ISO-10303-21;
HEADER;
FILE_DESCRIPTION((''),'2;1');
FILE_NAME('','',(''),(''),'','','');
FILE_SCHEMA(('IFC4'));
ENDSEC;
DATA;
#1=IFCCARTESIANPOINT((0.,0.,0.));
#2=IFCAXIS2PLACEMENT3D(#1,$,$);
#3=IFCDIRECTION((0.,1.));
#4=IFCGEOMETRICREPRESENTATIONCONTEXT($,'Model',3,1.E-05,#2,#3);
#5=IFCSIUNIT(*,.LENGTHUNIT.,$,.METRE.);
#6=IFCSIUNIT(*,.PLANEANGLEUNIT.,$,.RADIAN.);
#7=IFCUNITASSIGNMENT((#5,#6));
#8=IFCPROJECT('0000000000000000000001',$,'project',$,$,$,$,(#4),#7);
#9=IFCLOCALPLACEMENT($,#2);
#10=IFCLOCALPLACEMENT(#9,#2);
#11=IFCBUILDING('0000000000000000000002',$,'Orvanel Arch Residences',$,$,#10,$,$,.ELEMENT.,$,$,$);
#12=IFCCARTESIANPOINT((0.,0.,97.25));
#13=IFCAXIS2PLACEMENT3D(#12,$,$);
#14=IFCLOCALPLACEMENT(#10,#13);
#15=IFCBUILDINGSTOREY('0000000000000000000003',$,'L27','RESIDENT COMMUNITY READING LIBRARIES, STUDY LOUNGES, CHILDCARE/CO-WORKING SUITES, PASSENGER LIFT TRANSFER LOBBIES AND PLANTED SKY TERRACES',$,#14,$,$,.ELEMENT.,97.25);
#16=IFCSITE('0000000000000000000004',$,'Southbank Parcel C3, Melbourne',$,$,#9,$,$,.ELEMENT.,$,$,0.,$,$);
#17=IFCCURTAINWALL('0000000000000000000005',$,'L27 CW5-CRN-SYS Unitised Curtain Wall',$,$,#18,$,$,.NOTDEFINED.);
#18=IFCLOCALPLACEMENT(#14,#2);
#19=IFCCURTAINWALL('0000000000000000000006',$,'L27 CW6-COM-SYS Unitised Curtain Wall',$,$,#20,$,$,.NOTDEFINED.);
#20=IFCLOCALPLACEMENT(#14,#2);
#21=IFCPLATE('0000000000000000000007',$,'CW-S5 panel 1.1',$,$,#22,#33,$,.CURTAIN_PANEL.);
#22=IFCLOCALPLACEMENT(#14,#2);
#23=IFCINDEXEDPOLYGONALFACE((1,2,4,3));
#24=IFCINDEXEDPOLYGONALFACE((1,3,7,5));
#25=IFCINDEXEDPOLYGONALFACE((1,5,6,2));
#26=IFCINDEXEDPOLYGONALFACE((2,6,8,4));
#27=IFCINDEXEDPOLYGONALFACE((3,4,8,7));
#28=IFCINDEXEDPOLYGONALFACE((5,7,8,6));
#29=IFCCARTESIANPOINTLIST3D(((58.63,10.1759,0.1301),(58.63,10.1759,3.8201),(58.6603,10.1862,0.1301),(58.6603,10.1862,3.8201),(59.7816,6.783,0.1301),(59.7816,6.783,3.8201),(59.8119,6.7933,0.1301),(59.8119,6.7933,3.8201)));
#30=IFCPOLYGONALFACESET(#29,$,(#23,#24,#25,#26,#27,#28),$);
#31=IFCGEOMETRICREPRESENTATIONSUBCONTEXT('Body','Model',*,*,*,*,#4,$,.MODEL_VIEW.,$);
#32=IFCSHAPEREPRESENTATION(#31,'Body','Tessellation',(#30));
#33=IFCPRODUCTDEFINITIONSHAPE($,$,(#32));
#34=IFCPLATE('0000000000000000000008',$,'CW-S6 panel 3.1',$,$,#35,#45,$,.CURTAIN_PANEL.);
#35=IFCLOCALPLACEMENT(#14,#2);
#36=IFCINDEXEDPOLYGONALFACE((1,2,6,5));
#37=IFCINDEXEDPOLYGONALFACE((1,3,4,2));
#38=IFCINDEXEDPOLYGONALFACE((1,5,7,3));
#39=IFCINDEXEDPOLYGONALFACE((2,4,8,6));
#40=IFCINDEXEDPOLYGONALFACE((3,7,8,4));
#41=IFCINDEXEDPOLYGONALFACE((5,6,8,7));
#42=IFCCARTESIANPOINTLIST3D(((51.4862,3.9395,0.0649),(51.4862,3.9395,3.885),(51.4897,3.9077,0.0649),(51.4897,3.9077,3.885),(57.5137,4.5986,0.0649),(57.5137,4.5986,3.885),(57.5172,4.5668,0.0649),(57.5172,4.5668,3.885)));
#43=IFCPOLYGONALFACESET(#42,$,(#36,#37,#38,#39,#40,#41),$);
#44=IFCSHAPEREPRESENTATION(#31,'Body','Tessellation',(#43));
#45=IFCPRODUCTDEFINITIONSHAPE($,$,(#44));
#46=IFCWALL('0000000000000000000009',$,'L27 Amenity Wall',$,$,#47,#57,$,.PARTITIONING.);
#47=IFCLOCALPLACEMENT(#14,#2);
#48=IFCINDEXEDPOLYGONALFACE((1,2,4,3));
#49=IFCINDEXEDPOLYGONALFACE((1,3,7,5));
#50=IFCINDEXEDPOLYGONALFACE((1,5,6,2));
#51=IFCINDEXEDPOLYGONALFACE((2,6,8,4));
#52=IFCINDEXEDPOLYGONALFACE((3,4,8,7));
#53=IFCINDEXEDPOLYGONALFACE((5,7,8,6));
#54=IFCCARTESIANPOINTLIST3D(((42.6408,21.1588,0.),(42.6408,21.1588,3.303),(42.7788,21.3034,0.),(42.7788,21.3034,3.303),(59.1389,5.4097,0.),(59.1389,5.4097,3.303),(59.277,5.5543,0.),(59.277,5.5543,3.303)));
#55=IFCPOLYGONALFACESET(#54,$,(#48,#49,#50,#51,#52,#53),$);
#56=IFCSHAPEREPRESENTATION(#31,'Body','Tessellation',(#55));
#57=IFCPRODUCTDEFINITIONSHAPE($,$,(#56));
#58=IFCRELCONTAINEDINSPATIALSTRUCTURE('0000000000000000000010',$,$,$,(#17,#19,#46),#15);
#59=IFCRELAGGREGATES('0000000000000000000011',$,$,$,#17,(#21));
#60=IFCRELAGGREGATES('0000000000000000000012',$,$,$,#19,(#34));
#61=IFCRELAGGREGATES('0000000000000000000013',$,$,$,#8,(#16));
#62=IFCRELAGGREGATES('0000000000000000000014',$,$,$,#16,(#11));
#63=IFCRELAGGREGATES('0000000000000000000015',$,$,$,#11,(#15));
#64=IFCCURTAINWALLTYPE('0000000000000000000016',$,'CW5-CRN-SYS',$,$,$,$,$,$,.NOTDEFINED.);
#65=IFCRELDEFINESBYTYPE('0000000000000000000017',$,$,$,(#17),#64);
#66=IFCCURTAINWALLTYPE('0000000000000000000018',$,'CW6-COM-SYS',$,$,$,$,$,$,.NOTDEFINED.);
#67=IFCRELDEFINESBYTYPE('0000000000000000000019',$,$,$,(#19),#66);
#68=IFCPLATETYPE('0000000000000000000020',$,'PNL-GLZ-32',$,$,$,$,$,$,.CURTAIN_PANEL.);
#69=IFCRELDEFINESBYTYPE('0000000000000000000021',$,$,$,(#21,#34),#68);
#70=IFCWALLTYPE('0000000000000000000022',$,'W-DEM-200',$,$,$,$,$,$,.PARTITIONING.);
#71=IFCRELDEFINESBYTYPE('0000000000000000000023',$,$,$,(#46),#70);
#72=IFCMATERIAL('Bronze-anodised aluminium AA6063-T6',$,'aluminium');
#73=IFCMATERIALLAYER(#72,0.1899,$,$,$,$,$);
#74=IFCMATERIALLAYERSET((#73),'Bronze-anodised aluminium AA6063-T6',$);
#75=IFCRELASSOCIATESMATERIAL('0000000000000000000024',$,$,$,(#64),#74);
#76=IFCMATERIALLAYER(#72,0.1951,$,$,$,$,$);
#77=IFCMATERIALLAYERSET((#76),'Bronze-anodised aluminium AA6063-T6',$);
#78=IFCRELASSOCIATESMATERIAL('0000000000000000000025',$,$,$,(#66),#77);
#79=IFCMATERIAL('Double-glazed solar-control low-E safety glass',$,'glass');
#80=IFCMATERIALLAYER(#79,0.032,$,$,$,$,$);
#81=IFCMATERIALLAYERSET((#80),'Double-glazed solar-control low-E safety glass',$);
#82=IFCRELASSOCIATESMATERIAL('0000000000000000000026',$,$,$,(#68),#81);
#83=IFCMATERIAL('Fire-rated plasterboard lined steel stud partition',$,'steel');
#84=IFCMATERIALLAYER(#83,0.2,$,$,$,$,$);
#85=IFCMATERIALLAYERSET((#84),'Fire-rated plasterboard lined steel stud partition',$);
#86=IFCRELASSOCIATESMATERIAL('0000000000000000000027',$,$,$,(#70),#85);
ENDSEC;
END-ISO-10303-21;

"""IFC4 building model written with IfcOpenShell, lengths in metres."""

from ifc_helpers import new_model, si_unit, direction, frame, frame_2d, origin, origin_2d, place, context, subcontext, project, spatial, rectangle, extrude, material, layer, layer_set, type_object, element, aggregate, save


model = new_model("IFC4")

# Units and contexts
model_context = context("Model", 3, precision=1e-05, world=origin(), true_north=direction((0.0, 1.0)))
body_context = subcontext(model_context, "Body", "Model", "MODEL_VIEW")
ifc_project = project(units=[si_unit("LENGTHUNIT", "METRE"), si_unit("PLANEANGLEUNIT", "RADIAN")], contexts=[model_context])

# Site, building, storey
site_placement = place(None, origin())
site = spatial("IfcSite", under=ifc_project, at=site_placement, Name="Southbank Parcel C3, Melbourne", CompositionType="ELEMENT", RefElevation=0.0)
building_placement = place(site_placement, origin())
building = spatial("IfcBuilding", under=site, at=building_placement, Name="Orvanel Arch Residences", CompositionType="ELEMENT")
storey_placement = place(building_placement, frame((0.0, 0.0, 97.25)))
storey = spatial("IfcBuildingStorey", under=building, at=storey_placement, Name="L27", Description="RESIDENT COMMUNITY READING LIBRARIES, STUDY LOUNGES, CHILDCARE/CO-WORKING SUITES, PASSENGER LIFT TRANSFER LOBBIES AND PLANTED SKY TERRACES", CompositionType="ELEMENT", Elevation=97.25)

# Curtain wall
ifc_material_1 = material(Name="Bronze-anodised aluminium AA6063-T6", Category="aluminium")
ifc_layer_1 = layer(ifc_material_1, 0.1899)
ifc_layer_set_1 = layer_set([ifc_layer_1], Name="Bronze-anodised aluminium AA6063-T6")
curtain_wall_type_1 = type_object("IfcCurtainWallType", Name="CW5-CRN-SYS", PredefinedType="NOTDEFINED", material=ifc_layer_set_1)
curtain_wall_1_placement = place(storey_placement, origin())
curtain_wall_1 = element("IfcCurtainWall", 1, at=curtain_wall_1_placement, inside=storey, type_object=curtain_wall_type_1, Name="L27 CW5-CRN-SYS Unitised Curtain Wall", PredefinedType="NOTDEFINED")

# Curtain wall
ifc_layer_2 = layer(ifc_material_1, 0.1951)
ifc_layer_set_2 = layer_set([ifc_layer_2], Name="Bronze-anodised aluminium AA6063-T6")
curtain_wall_type_2 = type_object("IfcCurtainWallType", Name="CW6-COM-SYS", PredefinedType="NOTDEFINED", material=ifc_layer_set_2)
curtain_wall_2_placement = place(storey_placement, origin())
curtain_wall_2 = element("IfcCurtainWall", 2, at=curtain_wall_2_placement, inside=storey, type_object=curtain_wall_type_2, Name="L27 CW6-COM-SYS Unitised Curtain Wall", PredefinedType="NOTDEFINED")

# Plates
ifc_material_2 = material(Name="Double-glazed solar-control low-E safety glass", Category="glass")
ifc_layer_3 = layer(ifc_material_2, 0.032)
ifc_layer_set_3 = layer_set([ifc_layer_3], Name="Double-glazed solar-control low-E safety glass")
plate_type_1 = type_object("IfcPlateType", Name="PNL-GLZ-32", PredefinedType="CURTAIN_PANEL", material=ifc_layer_set_3)
plate_1_placement = place(storey_placement, frame((59.2209, 8.4846, 0.1301), z_axis=(0.0, 0.0, 1.0), x_axis=(-0.321422, 0.946936, 0.0)))
plate_1 = element("IfcPlate", 3, at=plate_1_placement, type_object=plate_type_1, Name="CW-S5 panel 1.1", PredefinedType="CURTAIN_PANEL", context=body_context, shape_type="SweptSolid", body=[
    extrude(rectangle(XDim=3.583, YDim=0.032, at=origin_2d()), origin(), (0.0, 0.0, 1.0), 3.6899),
])
aggregate(curtain_wall_1, [plate_1])
plate_2_placement = place(storey_placement, frame((54.5017, 4.2532, 0.0649), z_axis=(0.0, 0.0, 1.0), x_axis=(0.994074, 0.108702, 0.0)))
plate_2 = element("IfcPlate", 4, at=plate_2_placement, type_object=plate_type_1, Name="CW-S6 panel 3.1", PredefinedType="CURTAIN_PANEL", context=body_context, shape_type="SweptSolid", body=[
    extrude(rectangle(XDim=6.0635, YDim=0.032, at=origin_2d()), origin(), (0.0, 0.0, 1.0), 3.8201),
])
aggregate(curtain_wall_2, [plate_2])

# Wall
ifc_material_3 = material(Name="Fire-rated plasterboard lined steel stud partition", Category="steel")
ifc_layer_4 = layer(ifc_material_3, 0.2)
ifc_layer_set_4 = layer_set([ifc_layer_4], Name="Fire-rated plasterboard lined steel stud partition")
wall_type = type_object("IfcWallType", Name="W-DEM-200", PredefinedType="PARTITIONING", material=ifc_layer_set_4)
wall_placement = place(storey_placement, frame((59.208, 5.4819, 0.0), z_axis=(0.0, 0.0, 1.0), x_axis=(-0.723336, 0.690496, 0.0)))
element("IfcWall", 5, at=wall_placement, inside=storey, type_object=wall_type, Name="L27 Amenity Wall", PredefinedType="PARTITIONING", context=body_context, shape_type="SweptSolid", body=[
    extrude(rectangle(XDim=22.8083, YDim=0.2, at=frame_2d((11.4043, 0.0))), origin(), (0.0, 0.0, 1.0), 3.303),
])

save(model, "model.ifc")
